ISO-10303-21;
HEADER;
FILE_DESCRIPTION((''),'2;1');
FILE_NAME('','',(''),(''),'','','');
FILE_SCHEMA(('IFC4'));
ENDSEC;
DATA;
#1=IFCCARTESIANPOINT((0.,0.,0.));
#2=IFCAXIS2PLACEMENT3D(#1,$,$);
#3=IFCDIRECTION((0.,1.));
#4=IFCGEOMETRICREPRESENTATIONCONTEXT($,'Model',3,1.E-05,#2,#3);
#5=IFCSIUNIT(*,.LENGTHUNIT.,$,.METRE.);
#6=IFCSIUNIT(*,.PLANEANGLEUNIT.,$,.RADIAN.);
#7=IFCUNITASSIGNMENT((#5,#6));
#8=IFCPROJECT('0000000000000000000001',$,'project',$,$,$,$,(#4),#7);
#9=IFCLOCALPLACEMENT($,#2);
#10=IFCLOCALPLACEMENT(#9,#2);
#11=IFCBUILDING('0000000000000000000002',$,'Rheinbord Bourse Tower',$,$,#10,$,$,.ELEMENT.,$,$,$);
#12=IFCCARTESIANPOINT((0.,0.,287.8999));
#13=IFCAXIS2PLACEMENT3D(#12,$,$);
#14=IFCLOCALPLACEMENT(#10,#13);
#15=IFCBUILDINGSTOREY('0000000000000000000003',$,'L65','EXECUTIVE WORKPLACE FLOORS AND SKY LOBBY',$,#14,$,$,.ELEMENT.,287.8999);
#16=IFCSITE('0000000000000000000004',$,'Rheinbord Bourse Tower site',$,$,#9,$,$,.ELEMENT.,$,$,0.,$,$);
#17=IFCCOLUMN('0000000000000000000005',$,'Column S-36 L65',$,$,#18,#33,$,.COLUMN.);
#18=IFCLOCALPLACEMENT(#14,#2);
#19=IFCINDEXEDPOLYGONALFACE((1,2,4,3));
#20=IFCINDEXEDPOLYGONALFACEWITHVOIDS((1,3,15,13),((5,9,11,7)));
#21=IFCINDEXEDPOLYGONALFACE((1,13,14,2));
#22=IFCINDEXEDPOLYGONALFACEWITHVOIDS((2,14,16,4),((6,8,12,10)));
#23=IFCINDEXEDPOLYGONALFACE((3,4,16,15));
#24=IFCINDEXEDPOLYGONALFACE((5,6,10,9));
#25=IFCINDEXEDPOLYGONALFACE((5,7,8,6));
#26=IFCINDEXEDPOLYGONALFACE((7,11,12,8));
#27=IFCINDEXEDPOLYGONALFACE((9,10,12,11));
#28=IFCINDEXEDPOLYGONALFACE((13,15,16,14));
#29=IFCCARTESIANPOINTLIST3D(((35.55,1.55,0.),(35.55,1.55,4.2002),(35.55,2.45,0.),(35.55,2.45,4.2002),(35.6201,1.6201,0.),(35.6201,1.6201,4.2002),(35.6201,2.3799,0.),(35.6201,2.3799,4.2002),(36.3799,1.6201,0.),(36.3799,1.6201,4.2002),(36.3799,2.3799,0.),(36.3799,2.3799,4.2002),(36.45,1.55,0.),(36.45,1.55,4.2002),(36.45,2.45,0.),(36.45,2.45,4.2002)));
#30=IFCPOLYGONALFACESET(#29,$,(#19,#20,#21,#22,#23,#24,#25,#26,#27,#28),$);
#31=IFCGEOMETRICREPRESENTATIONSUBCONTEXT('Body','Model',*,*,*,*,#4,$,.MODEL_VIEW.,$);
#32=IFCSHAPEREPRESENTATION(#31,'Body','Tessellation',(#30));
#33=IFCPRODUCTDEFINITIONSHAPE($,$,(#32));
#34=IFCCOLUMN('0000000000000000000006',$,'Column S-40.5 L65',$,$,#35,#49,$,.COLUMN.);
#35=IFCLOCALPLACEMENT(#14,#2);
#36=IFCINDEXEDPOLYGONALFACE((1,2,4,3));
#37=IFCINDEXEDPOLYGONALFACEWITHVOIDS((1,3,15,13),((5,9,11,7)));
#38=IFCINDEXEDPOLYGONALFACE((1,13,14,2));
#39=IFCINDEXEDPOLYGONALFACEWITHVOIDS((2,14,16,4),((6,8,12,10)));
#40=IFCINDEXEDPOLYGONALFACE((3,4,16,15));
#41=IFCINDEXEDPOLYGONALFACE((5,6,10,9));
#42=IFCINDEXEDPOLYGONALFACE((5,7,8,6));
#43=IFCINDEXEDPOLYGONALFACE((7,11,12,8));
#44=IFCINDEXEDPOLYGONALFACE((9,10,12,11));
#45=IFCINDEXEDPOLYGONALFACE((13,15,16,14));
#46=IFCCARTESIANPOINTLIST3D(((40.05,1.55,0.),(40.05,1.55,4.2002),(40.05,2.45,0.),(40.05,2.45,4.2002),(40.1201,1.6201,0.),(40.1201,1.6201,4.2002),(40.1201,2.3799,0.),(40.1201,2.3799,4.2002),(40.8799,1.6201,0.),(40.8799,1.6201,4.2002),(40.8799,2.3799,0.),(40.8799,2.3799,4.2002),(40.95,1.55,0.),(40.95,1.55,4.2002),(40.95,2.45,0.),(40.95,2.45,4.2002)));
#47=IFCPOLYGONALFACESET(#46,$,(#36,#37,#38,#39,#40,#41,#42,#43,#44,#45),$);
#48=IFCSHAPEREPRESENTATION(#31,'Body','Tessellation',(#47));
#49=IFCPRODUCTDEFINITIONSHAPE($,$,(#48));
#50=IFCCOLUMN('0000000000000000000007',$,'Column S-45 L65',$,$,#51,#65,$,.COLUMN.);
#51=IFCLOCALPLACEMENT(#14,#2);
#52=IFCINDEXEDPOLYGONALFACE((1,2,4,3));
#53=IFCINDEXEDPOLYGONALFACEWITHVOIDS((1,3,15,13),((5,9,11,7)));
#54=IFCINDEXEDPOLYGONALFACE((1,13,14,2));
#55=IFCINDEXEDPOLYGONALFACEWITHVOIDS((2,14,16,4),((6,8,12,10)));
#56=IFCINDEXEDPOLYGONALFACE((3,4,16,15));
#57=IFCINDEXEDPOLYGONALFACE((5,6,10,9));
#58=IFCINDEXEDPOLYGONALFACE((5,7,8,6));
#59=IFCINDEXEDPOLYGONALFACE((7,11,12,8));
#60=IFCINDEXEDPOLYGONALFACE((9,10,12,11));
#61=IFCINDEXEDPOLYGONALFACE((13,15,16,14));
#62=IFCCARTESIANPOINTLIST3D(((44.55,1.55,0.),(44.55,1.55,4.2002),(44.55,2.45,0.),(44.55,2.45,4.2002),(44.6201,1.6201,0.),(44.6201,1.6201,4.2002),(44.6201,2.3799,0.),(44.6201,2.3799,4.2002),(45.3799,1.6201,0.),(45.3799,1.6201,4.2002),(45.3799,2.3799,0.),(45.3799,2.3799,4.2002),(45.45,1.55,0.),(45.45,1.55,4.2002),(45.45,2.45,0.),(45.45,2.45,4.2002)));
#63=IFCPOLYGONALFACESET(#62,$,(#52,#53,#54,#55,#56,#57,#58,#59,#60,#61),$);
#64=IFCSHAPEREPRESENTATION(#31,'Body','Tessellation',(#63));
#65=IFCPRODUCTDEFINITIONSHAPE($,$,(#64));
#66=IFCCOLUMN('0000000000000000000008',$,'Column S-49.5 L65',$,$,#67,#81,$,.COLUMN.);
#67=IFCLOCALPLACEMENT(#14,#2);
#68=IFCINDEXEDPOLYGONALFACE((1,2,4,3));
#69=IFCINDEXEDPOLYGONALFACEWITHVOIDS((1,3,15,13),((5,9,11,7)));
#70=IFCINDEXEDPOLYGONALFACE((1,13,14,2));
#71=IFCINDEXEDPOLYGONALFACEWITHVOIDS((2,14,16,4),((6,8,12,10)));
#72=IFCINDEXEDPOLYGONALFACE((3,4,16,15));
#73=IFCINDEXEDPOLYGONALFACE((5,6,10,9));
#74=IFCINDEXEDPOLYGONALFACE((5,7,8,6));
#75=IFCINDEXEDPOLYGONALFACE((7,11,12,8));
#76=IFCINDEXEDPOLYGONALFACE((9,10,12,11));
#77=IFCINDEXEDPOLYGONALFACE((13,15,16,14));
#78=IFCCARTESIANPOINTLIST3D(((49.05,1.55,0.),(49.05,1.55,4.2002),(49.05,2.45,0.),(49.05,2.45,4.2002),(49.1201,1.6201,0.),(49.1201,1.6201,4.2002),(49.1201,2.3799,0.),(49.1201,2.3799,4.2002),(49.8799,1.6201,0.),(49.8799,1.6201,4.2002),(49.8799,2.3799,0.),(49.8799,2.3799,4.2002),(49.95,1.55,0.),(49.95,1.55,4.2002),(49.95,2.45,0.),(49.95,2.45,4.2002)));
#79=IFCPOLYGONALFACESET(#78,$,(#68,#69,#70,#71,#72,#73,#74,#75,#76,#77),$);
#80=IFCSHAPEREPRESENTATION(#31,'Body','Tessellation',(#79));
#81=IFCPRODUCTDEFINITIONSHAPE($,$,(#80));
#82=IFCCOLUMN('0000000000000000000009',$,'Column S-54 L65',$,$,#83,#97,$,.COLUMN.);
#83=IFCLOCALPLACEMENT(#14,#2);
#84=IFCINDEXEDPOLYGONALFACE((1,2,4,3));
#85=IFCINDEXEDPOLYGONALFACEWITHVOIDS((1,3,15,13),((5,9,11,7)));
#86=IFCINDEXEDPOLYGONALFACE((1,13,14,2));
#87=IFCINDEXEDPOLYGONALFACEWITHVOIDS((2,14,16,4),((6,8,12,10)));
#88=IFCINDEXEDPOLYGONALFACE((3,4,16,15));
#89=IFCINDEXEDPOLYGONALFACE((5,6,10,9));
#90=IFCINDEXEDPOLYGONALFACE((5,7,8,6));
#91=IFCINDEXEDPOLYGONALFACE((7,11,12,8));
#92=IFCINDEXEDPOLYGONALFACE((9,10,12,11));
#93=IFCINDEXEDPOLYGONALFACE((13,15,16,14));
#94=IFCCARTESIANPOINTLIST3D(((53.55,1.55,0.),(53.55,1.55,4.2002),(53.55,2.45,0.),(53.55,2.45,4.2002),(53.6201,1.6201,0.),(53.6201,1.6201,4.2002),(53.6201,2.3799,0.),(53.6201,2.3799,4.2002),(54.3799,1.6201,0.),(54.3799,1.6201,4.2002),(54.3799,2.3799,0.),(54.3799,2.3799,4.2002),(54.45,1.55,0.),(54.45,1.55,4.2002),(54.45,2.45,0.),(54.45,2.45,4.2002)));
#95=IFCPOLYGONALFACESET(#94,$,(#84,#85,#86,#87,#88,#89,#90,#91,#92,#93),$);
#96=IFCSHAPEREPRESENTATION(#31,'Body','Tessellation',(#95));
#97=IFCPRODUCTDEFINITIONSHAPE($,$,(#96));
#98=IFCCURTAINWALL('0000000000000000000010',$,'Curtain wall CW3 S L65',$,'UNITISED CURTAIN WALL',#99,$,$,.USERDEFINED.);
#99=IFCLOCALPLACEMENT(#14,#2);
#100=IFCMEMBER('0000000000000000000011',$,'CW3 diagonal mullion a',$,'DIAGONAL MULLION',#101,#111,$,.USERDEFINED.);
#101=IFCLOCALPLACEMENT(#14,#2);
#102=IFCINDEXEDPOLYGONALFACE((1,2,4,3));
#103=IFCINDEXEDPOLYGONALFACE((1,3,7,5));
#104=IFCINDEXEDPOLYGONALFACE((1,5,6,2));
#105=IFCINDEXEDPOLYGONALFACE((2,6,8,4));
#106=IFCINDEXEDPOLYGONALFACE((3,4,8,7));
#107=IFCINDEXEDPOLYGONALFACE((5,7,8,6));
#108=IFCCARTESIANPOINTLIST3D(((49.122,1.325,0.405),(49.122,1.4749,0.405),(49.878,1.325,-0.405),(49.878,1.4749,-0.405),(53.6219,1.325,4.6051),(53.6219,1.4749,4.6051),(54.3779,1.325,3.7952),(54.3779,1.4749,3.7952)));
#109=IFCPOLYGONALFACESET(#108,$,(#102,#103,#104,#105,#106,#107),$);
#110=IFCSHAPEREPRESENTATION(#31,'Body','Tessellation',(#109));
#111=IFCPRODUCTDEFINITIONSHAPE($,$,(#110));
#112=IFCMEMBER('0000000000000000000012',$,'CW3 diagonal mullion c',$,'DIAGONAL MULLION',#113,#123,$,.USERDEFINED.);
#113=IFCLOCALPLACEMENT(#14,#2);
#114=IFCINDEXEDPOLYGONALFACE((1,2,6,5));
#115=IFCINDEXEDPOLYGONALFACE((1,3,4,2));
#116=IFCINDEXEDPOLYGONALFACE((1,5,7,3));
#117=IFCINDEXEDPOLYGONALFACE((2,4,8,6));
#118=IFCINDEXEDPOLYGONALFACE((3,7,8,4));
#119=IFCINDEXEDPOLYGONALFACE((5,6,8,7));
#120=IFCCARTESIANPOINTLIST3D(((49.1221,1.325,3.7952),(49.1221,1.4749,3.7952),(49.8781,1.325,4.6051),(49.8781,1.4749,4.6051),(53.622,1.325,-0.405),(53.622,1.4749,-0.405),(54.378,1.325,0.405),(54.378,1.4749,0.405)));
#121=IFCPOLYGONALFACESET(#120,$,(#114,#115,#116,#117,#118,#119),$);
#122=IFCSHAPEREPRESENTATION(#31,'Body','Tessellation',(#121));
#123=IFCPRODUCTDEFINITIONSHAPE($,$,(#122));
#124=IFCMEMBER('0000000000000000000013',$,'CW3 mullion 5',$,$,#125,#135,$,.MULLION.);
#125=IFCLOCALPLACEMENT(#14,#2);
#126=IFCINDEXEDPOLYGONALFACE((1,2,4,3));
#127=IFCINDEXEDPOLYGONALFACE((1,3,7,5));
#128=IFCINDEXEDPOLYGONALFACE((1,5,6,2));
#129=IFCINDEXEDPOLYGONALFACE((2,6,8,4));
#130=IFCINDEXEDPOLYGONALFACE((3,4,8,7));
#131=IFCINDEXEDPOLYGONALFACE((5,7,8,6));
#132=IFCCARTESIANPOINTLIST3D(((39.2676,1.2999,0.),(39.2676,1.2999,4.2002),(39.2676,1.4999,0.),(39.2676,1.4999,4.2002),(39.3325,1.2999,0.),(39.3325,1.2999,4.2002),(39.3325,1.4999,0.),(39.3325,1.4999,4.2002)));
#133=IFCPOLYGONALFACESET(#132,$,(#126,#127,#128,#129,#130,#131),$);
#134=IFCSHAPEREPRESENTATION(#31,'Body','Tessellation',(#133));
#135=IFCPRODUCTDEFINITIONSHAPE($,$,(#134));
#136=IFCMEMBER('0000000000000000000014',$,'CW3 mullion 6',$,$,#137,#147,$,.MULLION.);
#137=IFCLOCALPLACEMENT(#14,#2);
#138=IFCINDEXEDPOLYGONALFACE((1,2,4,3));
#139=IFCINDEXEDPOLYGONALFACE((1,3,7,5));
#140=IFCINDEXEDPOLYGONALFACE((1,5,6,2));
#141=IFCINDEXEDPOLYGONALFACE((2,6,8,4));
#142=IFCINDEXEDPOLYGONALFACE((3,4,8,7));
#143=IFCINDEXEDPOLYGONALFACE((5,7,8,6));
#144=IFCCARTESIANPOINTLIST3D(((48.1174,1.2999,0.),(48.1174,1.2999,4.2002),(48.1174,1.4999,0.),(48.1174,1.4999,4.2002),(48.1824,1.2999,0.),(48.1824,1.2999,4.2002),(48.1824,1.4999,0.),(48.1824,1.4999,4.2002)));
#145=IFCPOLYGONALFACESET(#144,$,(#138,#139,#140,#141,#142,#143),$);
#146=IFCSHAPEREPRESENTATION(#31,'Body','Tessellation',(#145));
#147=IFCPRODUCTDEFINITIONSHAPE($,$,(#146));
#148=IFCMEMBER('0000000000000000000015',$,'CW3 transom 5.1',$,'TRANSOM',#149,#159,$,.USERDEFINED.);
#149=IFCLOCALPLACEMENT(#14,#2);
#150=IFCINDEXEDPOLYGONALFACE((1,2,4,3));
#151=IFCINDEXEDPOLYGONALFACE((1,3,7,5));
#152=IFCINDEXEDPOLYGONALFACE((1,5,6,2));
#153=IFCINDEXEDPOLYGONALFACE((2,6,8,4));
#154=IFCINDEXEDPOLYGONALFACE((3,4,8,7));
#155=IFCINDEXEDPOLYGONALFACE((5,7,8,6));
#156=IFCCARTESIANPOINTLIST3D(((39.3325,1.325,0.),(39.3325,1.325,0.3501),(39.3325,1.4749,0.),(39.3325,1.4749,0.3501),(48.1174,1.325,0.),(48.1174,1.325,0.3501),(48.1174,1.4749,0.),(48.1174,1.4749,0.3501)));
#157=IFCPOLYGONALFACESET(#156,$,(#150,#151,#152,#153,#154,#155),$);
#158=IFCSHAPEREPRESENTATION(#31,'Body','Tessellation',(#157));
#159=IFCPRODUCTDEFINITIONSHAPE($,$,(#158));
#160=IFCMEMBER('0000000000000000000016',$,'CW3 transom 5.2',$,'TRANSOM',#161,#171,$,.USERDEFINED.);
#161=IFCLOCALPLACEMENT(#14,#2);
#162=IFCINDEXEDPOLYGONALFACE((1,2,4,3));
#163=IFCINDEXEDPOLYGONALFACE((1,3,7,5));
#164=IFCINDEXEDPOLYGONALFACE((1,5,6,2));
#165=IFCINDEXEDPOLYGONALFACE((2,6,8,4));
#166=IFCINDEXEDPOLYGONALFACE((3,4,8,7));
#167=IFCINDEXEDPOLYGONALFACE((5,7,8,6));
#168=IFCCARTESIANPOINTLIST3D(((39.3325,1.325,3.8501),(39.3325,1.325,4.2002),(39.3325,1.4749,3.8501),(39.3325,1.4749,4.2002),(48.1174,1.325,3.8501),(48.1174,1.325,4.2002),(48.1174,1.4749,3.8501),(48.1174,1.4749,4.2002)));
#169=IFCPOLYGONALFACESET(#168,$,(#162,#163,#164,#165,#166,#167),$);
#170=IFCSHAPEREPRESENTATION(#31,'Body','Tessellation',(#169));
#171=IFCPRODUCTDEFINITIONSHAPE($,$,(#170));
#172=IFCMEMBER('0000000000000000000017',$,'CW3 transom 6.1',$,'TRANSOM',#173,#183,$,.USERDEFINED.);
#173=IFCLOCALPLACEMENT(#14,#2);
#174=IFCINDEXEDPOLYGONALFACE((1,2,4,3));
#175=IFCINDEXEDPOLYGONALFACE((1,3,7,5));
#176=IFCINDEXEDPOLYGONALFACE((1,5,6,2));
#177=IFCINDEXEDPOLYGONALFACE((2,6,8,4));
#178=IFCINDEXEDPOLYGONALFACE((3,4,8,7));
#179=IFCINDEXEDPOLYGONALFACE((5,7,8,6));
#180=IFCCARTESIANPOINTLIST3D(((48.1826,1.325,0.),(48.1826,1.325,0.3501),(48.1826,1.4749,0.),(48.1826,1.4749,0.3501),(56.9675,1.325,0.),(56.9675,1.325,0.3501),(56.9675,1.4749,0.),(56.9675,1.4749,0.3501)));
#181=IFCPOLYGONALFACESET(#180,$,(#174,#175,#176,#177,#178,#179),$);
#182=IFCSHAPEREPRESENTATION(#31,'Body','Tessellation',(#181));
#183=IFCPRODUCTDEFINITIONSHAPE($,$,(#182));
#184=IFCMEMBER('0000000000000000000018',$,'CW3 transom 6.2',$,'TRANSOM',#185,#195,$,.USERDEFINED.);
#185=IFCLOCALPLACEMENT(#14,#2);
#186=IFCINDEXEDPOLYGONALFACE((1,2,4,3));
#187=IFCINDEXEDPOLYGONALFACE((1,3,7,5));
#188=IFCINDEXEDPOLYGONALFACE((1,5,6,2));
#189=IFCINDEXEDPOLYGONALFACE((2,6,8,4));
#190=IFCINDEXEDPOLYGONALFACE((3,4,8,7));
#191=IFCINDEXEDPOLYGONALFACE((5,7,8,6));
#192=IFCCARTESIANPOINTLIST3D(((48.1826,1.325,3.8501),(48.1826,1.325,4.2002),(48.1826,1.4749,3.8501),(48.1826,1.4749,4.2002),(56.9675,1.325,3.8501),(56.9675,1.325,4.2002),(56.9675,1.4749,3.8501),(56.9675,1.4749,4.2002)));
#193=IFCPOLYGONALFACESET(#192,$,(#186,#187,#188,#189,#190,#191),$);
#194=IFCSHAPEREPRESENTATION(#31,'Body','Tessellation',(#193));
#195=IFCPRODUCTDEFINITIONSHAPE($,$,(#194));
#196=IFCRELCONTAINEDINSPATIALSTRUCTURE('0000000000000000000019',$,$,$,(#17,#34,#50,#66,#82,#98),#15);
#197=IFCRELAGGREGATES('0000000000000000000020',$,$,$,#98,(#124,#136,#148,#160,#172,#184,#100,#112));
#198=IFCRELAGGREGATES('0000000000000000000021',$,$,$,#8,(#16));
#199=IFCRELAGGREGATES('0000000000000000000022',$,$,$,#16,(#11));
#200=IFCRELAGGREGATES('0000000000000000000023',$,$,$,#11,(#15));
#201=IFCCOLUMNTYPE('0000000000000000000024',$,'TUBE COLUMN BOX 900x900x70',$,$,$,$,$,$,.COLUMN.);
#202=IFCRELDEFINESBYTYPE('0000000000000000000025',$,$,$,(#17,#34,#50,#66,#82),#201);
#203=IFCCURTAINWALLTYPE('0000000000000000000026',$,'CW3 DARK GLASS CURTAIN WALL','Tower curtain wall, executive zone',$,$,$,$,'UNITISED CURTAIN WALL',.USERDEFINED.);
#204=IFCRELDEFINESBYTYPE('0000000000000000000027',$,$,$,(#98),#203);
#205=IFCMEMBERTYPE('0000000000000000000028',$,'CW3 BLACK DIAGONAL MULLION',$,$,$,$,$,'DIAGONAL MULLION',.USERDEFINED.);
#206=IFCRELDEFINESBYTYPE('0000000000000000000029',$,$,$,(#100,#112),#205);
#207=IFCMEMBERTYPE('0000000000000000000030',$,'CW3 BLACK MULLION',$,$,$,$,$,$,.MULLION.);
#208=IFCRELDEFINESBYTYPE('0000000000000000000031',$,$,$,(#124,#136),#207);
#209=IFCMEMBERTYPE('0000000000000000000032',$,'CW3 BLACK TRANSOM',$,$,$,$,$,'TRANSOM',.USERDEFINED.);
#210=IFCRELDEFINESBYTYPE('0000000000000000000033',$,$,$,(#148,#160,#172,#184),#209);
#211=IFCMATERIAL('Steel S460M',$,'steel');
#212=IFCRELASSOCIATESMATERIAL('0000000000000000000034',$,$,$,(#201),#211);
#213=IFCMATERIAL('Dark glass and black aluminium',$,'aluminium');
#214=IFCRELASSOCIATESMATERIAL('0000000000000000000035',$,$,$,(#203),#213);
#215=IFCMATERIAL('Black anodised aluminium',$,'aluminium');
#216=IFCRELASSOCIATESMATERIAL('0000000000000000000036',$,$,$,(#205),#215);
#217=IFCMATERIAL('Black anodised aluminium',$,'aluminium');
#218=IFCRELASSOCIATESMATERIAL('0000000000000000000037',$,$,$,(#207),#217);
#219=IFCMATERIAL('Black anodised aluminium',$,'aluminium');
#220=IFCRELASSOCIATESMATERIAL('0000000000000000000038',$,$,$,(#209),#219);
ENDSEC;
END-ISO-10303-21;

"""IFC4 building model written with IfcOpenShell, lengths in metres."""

from ifc_helpers import new_model, si_unit, direction, frame, origin, origin_2d, place, context, subcontext, project, spatial, rectangle, hollow_rectangle, extrude, material, material_profile, profile_set, type_object, element, aggregate, save


model = new_model("IFC4")

# Units and contexts
model_context = context("Model", 3, precision=1e-05, world=origin(), true_north=direction((0.0, 1.0)))
body_context = subcontext(model_context, "Body", "Model", "MODEL_VIEW")
ifc_project = project(units=[si_unit("LENGTHUNIT", "METRE"), si_unit("PLANEANGLEUNIT", "RADIAN")], contexts=[model_context])

# Site, building, storey
site_placement = place(None, origin())
site = spatial("IfcSite", under=ifc_project, at=site_placement, Name="Rheinbord Bourse Tower site", CompositionType="ELEMENT", RefElevation=0.0)
building_placement = place(site_placement, origin())
building = spatial("IfcBuilding", under=site, at=building_placement, Name="Rheinbord Bourse Tower", CompositionType="ELEMENT")
storey_placement = place(building_placement, frame((0.0, 0.0, 287.8999)))
storey = spatial("IfcBuildingStorey", under=building, at=storey_placement, Name="L65", Description="EXECUTIVE WORKPLACE FLOORS AND SKY LOBBY", CompositionType="ELEMENT", Elevation=287.8999)

# Columns
ifc_material_1 = material(Name="Steel S460M", Category="steel")
ifc_material_profile_1 = material_profile(ifc_material_1, hollow_rectangle(XDim=0.8999, YDim=0.8999, WallThickness=0.0701, at=origin_2d()), Name="BOX 900x900x70")
ifc_profile_set_1 = profile_set([ifc_material_profile_1], Name="Steel S460M")
column_type = type_object("IfcColumnType", Name="TUBE COLUMN BOX 900x900x70", PredefinedType="COLUMN", material=ifc_profile_set_1)
for number, where, z_axis, x_axis, name in (
    (1, (36.0, 2.0, 0.0), (0.0, 0.0, 1.0), (0.0, 1.0, 0.0), "Column S-36 L65"),
    (2, (40.5, 2.0, 0.0), (0.0, 0.0, 1.0), (0.0, 1.0, 0.0), "Column S-40.5 L65"),
    (3, (45.0, 2.0, 0.0), (0.0, 0.0, 1.0), (0.0, 1.0, 0.0), "Column S-45 L65"),
    (4, (49.5, 2.0, 0.0), (0.0, 0.0, 1.0), (0.0, 1.0, 0.0), "Column S-49.5 L65"),
    (5, (54.0, 2.0, 0.0), (0.0, 0.0, 1.0), (0.0, 1.0, 0.0), "Column S-54 L65"),
):
    element("IfcColumn", number, at=place(storey_placement, frame(where, z_axis=z_axis, x_axis=x_axis)), inside=storey, type_object=column_type, Name=name, PredefinedType="COLUMN", context=body_context, shape_type="SweptSolid", body=[
        extrude(hollow_rectangle(XDim=0.8999, YDim=0.8999, WallThickness=0.0701, at=origin_2d()), origin(), (0.0, 0.0, 1.0), 4.2002),
    ])

# Curtain wall, members
ifc_material_2 = material(Name="Dark glass and black aluminium", Category="aluminium")
curtain_wall_type = type_object("IfcCurtainWallType", Name="CW3 DARK GLASS CURTAIN WALL", Description="Tower curtain wall, executive zone", ElementType="UNITISED CURTAIN WALL", PredefinedType="USERDEFINED", material=ifc_material_2)
curtain_wall_placement = place(storey_placement, origin())
curtain_wall = element("IfcCurtainWall", 6, at=curtain_wall_placement, inside=storey, type_object=curtain_wall_type, Name="Curtain wall CW3 S L65", ObjectType="UNITISED CURTAIN WALL", PredefinedType="USERDEFINED")
ifc_material_3 = material(Name="Black anodised aluminium", Category="aluminium")
ifc_material_profile_2 = material_profile(ifc_material_3, rectangle(XDim=0.1499, YDim=1.1079, at=origin_2d()), Name="CW3 DIAGONAL MULLION 1108x150")
ifc_profile_set_2 = profile_set([ifc_material_profile_2], Name="Black anodised aluminium")
member_type_1 = type_object("IfcMemberType", Name="CW3 BLACK DIAGONAL MULLION", ElementType="DIAGONAL MULLION", PredefinedType="USERDEFINED", material=ifc_profile_set_2)
member_1_placement = place(storey_placement, frame((49.5, 1.3999, 0.0), z_axis=(0.731039, 0.0, 0.682335), x_axis=(0.0, 1.0, 0.0)))
member_1 = element("IfcMember", 7, at=member_1_placement, type_object=member_type_1, Name="CW3 diagonal mullion a", ObjectType="DIAGONAL MULLION", PredefinedType="USERDEFINED", context=body_context, shape_type="SweptSolid", body=[
    extrude(rectangle(XDim=0.1499, YDim=1.1079, at=origin_2d()), origin(), (0.0, 0.0, 1.0), 6.1555),
])
member_2_placement = place(storey_placement, frame((54.0, 1.3999, 0.0), z_axis=(-0.731039, 0.0, 0.682335), x_axis=(0.0, -1.0, 0.0)))
member_2 = element("IfcMember", 8, at=member_2_placement, type_object=member_type_1, Name="CW3 diagonal mullion c", ObjectType="DIAGONAL MULLION", PredefinedType="USERDEFINED", context=body_context, shape_type="SweptSolid", body=[
    extrude(rectangle(XDim=0.1499, YDim=1.1079, at=origin_2d()), origin(), (0.0, 0.0, 1.0), 6.1555),
])
ifc_material_4 = material(Name="Black anodised aluminium", Category="aluminium")
ifc_material_profile_3 = material_profile(ifc_material_4, rectangle(XDim=0.2, YDim=0.0649, at=origin_2d()), Name="CW3 MULLION 65x200")
ifc_profile_set_3 = profile_set([ifc_material_profile_3], Name="Black anodised aluminium")
member_type_2 = type_object("IfcMemberType", Name="CW3 BLACK MULLION", PredefinedType="MULLION", material=ifc_profile_set_3)
member_3_placement = place(storey_placement, frame((39.3, 1.3999, 0.0), z_axis=(0.0, 0.0, 1.0), x_axis=(0.0, 1.0, 0.0)))
member_3 = element("IfcMember", 9, at=member_3_placement, type_object=member_type_2, Name="CW3 mullion 5", PredefinedType="MULLION", context=body_context, shape_type="SweptSolid", body=[
    extrude(rectangle(XDim=0.2, YDim=0.0649, at=origin_2d()), origin(), (0.0, 0.0, 1.0), 4.2002),
])
member_4_placement = place(storey_placement, frame((48.1499, 1.3999, 0.0), z_axis=(0.0, 0.0, 1.0), x_axis=(0.0, 1.0, 0.0)))
member_4 = element("IfcMember", 10, at=member_4_placement, type_object=member_type_2, Name="CW3 mullion 6", PredefinedType="MULLION", context=body_context, shape_type="SweptSolid", body=[
    extrude(rectangle(XDim=0.2, YDim=0.0649, at=origin_2d()), origin(), (0.0, 0.0, 1.0), 4.2002),
])
ifc_material_5 = material(Name="Black anodised aluminium", Category="aluminium")
ifc_material_profile_4 = material_profile(ifc_material_5, rectangle(XDim=0.1499, YDim=0.3501, at=origin_2d()), Name="CW3 TRANSOM 350x150")
ifc_profile_set_4 = profile_set([ifc_material_profile_4], Name="Black anodised aluminium")
member_type_3 = type_object("IfcMemberType", Name="CW3 BLACK TRANSOM", ElementType="TRANSOM", PredefinedType="USERDEFINED", material=ifc_profile_set_4)
member_5_placement = place(storey_placement, frame((39.3325, 1.3999, 0.175), z_axis=(1.0, 0.0, 0.0), x_axis=(0.0, 1.0, 0.0)))
member_5 = element("IfcMember", 11, at=member_5_placement, type_object=member_type_3, Name="CW3 transom 5.1", ObjectType="TRANSOM", PredefinedType="USERDEFINED", context=body_context, shape_type="SweptSolid", body=[
    extrude(rectangle(XDim=0.1499, YDim=0.3501, at=origin_2d()), origin(), (0.0, 0.0, 1.0), 8.7849),
])
member_6_placement = place(storey_placement, frame((39.3325, 1.3999, 4.0251), z_axis=(1.0, 0.0, 0.0), x_axis=(0.0, 1.0, 0.0)))
member_6 = element("IfcMember", 12, at=member_6_placement, type_object=member_type_3, Name="CW3 transom 5.2", ObjectType="TRANSOM", PredefinedType="USERDEFINED", context=body_context, shape_type="SweptSolid", body=[
    extrude(rectangle(XDim=0.1499, YDim=0.3501, at=origin_2d()), origin(), (0.0, 0.0, 1.0), 8.7849),
])
member_7_placement = place(storey_placement, frame((48.1826, 1.3999, 0.175), z_axis=(1.0, 0.0, 0.0), x_axis=(0.0, 1.0, 0.0)))
member_7 = element("IfcMember", 13, at=member_7_placement, type_object=member_type_3, Name="CW3 transom 6.1", ObjectType="TRANSOM", PredefinedType="USERDEFINED", context=body_context, shape_type="SweptSolid", body=[
    extrude(rectangle(XDim=0.1499, YDim=0.3501, at=origin_2d()), origin(), (0.0, 0.0, 1.0), 8.7849),
])
member_8_placement = place(storey_placement, frame((48.1826, 1.3999, 4.0251), z_axis=(1.0, 0.0, 0.0), x_axis=(0.0, 1.0, 0.0)))
member_8 = element("IfcMember", 14, at=member_8_placement, type_object=member_type_3, Name="CW3 transom 6.2", ObjectType="TRANSOM", PredefinedType="USERDEFINED", context=body_context, shape_type="SweptSolid", body=[
    extrude(rectangle(XDim=0.1499, YDim=0.3501, at=origin_2d()), origin(), (0.0, 0.0, 1.0), 8.7849),
])

aggregate(curtain_wall, [member_3, member_4, member_5, member_6, member_7, member_8, member_1, member_2])

save(model, "model.ifc")
